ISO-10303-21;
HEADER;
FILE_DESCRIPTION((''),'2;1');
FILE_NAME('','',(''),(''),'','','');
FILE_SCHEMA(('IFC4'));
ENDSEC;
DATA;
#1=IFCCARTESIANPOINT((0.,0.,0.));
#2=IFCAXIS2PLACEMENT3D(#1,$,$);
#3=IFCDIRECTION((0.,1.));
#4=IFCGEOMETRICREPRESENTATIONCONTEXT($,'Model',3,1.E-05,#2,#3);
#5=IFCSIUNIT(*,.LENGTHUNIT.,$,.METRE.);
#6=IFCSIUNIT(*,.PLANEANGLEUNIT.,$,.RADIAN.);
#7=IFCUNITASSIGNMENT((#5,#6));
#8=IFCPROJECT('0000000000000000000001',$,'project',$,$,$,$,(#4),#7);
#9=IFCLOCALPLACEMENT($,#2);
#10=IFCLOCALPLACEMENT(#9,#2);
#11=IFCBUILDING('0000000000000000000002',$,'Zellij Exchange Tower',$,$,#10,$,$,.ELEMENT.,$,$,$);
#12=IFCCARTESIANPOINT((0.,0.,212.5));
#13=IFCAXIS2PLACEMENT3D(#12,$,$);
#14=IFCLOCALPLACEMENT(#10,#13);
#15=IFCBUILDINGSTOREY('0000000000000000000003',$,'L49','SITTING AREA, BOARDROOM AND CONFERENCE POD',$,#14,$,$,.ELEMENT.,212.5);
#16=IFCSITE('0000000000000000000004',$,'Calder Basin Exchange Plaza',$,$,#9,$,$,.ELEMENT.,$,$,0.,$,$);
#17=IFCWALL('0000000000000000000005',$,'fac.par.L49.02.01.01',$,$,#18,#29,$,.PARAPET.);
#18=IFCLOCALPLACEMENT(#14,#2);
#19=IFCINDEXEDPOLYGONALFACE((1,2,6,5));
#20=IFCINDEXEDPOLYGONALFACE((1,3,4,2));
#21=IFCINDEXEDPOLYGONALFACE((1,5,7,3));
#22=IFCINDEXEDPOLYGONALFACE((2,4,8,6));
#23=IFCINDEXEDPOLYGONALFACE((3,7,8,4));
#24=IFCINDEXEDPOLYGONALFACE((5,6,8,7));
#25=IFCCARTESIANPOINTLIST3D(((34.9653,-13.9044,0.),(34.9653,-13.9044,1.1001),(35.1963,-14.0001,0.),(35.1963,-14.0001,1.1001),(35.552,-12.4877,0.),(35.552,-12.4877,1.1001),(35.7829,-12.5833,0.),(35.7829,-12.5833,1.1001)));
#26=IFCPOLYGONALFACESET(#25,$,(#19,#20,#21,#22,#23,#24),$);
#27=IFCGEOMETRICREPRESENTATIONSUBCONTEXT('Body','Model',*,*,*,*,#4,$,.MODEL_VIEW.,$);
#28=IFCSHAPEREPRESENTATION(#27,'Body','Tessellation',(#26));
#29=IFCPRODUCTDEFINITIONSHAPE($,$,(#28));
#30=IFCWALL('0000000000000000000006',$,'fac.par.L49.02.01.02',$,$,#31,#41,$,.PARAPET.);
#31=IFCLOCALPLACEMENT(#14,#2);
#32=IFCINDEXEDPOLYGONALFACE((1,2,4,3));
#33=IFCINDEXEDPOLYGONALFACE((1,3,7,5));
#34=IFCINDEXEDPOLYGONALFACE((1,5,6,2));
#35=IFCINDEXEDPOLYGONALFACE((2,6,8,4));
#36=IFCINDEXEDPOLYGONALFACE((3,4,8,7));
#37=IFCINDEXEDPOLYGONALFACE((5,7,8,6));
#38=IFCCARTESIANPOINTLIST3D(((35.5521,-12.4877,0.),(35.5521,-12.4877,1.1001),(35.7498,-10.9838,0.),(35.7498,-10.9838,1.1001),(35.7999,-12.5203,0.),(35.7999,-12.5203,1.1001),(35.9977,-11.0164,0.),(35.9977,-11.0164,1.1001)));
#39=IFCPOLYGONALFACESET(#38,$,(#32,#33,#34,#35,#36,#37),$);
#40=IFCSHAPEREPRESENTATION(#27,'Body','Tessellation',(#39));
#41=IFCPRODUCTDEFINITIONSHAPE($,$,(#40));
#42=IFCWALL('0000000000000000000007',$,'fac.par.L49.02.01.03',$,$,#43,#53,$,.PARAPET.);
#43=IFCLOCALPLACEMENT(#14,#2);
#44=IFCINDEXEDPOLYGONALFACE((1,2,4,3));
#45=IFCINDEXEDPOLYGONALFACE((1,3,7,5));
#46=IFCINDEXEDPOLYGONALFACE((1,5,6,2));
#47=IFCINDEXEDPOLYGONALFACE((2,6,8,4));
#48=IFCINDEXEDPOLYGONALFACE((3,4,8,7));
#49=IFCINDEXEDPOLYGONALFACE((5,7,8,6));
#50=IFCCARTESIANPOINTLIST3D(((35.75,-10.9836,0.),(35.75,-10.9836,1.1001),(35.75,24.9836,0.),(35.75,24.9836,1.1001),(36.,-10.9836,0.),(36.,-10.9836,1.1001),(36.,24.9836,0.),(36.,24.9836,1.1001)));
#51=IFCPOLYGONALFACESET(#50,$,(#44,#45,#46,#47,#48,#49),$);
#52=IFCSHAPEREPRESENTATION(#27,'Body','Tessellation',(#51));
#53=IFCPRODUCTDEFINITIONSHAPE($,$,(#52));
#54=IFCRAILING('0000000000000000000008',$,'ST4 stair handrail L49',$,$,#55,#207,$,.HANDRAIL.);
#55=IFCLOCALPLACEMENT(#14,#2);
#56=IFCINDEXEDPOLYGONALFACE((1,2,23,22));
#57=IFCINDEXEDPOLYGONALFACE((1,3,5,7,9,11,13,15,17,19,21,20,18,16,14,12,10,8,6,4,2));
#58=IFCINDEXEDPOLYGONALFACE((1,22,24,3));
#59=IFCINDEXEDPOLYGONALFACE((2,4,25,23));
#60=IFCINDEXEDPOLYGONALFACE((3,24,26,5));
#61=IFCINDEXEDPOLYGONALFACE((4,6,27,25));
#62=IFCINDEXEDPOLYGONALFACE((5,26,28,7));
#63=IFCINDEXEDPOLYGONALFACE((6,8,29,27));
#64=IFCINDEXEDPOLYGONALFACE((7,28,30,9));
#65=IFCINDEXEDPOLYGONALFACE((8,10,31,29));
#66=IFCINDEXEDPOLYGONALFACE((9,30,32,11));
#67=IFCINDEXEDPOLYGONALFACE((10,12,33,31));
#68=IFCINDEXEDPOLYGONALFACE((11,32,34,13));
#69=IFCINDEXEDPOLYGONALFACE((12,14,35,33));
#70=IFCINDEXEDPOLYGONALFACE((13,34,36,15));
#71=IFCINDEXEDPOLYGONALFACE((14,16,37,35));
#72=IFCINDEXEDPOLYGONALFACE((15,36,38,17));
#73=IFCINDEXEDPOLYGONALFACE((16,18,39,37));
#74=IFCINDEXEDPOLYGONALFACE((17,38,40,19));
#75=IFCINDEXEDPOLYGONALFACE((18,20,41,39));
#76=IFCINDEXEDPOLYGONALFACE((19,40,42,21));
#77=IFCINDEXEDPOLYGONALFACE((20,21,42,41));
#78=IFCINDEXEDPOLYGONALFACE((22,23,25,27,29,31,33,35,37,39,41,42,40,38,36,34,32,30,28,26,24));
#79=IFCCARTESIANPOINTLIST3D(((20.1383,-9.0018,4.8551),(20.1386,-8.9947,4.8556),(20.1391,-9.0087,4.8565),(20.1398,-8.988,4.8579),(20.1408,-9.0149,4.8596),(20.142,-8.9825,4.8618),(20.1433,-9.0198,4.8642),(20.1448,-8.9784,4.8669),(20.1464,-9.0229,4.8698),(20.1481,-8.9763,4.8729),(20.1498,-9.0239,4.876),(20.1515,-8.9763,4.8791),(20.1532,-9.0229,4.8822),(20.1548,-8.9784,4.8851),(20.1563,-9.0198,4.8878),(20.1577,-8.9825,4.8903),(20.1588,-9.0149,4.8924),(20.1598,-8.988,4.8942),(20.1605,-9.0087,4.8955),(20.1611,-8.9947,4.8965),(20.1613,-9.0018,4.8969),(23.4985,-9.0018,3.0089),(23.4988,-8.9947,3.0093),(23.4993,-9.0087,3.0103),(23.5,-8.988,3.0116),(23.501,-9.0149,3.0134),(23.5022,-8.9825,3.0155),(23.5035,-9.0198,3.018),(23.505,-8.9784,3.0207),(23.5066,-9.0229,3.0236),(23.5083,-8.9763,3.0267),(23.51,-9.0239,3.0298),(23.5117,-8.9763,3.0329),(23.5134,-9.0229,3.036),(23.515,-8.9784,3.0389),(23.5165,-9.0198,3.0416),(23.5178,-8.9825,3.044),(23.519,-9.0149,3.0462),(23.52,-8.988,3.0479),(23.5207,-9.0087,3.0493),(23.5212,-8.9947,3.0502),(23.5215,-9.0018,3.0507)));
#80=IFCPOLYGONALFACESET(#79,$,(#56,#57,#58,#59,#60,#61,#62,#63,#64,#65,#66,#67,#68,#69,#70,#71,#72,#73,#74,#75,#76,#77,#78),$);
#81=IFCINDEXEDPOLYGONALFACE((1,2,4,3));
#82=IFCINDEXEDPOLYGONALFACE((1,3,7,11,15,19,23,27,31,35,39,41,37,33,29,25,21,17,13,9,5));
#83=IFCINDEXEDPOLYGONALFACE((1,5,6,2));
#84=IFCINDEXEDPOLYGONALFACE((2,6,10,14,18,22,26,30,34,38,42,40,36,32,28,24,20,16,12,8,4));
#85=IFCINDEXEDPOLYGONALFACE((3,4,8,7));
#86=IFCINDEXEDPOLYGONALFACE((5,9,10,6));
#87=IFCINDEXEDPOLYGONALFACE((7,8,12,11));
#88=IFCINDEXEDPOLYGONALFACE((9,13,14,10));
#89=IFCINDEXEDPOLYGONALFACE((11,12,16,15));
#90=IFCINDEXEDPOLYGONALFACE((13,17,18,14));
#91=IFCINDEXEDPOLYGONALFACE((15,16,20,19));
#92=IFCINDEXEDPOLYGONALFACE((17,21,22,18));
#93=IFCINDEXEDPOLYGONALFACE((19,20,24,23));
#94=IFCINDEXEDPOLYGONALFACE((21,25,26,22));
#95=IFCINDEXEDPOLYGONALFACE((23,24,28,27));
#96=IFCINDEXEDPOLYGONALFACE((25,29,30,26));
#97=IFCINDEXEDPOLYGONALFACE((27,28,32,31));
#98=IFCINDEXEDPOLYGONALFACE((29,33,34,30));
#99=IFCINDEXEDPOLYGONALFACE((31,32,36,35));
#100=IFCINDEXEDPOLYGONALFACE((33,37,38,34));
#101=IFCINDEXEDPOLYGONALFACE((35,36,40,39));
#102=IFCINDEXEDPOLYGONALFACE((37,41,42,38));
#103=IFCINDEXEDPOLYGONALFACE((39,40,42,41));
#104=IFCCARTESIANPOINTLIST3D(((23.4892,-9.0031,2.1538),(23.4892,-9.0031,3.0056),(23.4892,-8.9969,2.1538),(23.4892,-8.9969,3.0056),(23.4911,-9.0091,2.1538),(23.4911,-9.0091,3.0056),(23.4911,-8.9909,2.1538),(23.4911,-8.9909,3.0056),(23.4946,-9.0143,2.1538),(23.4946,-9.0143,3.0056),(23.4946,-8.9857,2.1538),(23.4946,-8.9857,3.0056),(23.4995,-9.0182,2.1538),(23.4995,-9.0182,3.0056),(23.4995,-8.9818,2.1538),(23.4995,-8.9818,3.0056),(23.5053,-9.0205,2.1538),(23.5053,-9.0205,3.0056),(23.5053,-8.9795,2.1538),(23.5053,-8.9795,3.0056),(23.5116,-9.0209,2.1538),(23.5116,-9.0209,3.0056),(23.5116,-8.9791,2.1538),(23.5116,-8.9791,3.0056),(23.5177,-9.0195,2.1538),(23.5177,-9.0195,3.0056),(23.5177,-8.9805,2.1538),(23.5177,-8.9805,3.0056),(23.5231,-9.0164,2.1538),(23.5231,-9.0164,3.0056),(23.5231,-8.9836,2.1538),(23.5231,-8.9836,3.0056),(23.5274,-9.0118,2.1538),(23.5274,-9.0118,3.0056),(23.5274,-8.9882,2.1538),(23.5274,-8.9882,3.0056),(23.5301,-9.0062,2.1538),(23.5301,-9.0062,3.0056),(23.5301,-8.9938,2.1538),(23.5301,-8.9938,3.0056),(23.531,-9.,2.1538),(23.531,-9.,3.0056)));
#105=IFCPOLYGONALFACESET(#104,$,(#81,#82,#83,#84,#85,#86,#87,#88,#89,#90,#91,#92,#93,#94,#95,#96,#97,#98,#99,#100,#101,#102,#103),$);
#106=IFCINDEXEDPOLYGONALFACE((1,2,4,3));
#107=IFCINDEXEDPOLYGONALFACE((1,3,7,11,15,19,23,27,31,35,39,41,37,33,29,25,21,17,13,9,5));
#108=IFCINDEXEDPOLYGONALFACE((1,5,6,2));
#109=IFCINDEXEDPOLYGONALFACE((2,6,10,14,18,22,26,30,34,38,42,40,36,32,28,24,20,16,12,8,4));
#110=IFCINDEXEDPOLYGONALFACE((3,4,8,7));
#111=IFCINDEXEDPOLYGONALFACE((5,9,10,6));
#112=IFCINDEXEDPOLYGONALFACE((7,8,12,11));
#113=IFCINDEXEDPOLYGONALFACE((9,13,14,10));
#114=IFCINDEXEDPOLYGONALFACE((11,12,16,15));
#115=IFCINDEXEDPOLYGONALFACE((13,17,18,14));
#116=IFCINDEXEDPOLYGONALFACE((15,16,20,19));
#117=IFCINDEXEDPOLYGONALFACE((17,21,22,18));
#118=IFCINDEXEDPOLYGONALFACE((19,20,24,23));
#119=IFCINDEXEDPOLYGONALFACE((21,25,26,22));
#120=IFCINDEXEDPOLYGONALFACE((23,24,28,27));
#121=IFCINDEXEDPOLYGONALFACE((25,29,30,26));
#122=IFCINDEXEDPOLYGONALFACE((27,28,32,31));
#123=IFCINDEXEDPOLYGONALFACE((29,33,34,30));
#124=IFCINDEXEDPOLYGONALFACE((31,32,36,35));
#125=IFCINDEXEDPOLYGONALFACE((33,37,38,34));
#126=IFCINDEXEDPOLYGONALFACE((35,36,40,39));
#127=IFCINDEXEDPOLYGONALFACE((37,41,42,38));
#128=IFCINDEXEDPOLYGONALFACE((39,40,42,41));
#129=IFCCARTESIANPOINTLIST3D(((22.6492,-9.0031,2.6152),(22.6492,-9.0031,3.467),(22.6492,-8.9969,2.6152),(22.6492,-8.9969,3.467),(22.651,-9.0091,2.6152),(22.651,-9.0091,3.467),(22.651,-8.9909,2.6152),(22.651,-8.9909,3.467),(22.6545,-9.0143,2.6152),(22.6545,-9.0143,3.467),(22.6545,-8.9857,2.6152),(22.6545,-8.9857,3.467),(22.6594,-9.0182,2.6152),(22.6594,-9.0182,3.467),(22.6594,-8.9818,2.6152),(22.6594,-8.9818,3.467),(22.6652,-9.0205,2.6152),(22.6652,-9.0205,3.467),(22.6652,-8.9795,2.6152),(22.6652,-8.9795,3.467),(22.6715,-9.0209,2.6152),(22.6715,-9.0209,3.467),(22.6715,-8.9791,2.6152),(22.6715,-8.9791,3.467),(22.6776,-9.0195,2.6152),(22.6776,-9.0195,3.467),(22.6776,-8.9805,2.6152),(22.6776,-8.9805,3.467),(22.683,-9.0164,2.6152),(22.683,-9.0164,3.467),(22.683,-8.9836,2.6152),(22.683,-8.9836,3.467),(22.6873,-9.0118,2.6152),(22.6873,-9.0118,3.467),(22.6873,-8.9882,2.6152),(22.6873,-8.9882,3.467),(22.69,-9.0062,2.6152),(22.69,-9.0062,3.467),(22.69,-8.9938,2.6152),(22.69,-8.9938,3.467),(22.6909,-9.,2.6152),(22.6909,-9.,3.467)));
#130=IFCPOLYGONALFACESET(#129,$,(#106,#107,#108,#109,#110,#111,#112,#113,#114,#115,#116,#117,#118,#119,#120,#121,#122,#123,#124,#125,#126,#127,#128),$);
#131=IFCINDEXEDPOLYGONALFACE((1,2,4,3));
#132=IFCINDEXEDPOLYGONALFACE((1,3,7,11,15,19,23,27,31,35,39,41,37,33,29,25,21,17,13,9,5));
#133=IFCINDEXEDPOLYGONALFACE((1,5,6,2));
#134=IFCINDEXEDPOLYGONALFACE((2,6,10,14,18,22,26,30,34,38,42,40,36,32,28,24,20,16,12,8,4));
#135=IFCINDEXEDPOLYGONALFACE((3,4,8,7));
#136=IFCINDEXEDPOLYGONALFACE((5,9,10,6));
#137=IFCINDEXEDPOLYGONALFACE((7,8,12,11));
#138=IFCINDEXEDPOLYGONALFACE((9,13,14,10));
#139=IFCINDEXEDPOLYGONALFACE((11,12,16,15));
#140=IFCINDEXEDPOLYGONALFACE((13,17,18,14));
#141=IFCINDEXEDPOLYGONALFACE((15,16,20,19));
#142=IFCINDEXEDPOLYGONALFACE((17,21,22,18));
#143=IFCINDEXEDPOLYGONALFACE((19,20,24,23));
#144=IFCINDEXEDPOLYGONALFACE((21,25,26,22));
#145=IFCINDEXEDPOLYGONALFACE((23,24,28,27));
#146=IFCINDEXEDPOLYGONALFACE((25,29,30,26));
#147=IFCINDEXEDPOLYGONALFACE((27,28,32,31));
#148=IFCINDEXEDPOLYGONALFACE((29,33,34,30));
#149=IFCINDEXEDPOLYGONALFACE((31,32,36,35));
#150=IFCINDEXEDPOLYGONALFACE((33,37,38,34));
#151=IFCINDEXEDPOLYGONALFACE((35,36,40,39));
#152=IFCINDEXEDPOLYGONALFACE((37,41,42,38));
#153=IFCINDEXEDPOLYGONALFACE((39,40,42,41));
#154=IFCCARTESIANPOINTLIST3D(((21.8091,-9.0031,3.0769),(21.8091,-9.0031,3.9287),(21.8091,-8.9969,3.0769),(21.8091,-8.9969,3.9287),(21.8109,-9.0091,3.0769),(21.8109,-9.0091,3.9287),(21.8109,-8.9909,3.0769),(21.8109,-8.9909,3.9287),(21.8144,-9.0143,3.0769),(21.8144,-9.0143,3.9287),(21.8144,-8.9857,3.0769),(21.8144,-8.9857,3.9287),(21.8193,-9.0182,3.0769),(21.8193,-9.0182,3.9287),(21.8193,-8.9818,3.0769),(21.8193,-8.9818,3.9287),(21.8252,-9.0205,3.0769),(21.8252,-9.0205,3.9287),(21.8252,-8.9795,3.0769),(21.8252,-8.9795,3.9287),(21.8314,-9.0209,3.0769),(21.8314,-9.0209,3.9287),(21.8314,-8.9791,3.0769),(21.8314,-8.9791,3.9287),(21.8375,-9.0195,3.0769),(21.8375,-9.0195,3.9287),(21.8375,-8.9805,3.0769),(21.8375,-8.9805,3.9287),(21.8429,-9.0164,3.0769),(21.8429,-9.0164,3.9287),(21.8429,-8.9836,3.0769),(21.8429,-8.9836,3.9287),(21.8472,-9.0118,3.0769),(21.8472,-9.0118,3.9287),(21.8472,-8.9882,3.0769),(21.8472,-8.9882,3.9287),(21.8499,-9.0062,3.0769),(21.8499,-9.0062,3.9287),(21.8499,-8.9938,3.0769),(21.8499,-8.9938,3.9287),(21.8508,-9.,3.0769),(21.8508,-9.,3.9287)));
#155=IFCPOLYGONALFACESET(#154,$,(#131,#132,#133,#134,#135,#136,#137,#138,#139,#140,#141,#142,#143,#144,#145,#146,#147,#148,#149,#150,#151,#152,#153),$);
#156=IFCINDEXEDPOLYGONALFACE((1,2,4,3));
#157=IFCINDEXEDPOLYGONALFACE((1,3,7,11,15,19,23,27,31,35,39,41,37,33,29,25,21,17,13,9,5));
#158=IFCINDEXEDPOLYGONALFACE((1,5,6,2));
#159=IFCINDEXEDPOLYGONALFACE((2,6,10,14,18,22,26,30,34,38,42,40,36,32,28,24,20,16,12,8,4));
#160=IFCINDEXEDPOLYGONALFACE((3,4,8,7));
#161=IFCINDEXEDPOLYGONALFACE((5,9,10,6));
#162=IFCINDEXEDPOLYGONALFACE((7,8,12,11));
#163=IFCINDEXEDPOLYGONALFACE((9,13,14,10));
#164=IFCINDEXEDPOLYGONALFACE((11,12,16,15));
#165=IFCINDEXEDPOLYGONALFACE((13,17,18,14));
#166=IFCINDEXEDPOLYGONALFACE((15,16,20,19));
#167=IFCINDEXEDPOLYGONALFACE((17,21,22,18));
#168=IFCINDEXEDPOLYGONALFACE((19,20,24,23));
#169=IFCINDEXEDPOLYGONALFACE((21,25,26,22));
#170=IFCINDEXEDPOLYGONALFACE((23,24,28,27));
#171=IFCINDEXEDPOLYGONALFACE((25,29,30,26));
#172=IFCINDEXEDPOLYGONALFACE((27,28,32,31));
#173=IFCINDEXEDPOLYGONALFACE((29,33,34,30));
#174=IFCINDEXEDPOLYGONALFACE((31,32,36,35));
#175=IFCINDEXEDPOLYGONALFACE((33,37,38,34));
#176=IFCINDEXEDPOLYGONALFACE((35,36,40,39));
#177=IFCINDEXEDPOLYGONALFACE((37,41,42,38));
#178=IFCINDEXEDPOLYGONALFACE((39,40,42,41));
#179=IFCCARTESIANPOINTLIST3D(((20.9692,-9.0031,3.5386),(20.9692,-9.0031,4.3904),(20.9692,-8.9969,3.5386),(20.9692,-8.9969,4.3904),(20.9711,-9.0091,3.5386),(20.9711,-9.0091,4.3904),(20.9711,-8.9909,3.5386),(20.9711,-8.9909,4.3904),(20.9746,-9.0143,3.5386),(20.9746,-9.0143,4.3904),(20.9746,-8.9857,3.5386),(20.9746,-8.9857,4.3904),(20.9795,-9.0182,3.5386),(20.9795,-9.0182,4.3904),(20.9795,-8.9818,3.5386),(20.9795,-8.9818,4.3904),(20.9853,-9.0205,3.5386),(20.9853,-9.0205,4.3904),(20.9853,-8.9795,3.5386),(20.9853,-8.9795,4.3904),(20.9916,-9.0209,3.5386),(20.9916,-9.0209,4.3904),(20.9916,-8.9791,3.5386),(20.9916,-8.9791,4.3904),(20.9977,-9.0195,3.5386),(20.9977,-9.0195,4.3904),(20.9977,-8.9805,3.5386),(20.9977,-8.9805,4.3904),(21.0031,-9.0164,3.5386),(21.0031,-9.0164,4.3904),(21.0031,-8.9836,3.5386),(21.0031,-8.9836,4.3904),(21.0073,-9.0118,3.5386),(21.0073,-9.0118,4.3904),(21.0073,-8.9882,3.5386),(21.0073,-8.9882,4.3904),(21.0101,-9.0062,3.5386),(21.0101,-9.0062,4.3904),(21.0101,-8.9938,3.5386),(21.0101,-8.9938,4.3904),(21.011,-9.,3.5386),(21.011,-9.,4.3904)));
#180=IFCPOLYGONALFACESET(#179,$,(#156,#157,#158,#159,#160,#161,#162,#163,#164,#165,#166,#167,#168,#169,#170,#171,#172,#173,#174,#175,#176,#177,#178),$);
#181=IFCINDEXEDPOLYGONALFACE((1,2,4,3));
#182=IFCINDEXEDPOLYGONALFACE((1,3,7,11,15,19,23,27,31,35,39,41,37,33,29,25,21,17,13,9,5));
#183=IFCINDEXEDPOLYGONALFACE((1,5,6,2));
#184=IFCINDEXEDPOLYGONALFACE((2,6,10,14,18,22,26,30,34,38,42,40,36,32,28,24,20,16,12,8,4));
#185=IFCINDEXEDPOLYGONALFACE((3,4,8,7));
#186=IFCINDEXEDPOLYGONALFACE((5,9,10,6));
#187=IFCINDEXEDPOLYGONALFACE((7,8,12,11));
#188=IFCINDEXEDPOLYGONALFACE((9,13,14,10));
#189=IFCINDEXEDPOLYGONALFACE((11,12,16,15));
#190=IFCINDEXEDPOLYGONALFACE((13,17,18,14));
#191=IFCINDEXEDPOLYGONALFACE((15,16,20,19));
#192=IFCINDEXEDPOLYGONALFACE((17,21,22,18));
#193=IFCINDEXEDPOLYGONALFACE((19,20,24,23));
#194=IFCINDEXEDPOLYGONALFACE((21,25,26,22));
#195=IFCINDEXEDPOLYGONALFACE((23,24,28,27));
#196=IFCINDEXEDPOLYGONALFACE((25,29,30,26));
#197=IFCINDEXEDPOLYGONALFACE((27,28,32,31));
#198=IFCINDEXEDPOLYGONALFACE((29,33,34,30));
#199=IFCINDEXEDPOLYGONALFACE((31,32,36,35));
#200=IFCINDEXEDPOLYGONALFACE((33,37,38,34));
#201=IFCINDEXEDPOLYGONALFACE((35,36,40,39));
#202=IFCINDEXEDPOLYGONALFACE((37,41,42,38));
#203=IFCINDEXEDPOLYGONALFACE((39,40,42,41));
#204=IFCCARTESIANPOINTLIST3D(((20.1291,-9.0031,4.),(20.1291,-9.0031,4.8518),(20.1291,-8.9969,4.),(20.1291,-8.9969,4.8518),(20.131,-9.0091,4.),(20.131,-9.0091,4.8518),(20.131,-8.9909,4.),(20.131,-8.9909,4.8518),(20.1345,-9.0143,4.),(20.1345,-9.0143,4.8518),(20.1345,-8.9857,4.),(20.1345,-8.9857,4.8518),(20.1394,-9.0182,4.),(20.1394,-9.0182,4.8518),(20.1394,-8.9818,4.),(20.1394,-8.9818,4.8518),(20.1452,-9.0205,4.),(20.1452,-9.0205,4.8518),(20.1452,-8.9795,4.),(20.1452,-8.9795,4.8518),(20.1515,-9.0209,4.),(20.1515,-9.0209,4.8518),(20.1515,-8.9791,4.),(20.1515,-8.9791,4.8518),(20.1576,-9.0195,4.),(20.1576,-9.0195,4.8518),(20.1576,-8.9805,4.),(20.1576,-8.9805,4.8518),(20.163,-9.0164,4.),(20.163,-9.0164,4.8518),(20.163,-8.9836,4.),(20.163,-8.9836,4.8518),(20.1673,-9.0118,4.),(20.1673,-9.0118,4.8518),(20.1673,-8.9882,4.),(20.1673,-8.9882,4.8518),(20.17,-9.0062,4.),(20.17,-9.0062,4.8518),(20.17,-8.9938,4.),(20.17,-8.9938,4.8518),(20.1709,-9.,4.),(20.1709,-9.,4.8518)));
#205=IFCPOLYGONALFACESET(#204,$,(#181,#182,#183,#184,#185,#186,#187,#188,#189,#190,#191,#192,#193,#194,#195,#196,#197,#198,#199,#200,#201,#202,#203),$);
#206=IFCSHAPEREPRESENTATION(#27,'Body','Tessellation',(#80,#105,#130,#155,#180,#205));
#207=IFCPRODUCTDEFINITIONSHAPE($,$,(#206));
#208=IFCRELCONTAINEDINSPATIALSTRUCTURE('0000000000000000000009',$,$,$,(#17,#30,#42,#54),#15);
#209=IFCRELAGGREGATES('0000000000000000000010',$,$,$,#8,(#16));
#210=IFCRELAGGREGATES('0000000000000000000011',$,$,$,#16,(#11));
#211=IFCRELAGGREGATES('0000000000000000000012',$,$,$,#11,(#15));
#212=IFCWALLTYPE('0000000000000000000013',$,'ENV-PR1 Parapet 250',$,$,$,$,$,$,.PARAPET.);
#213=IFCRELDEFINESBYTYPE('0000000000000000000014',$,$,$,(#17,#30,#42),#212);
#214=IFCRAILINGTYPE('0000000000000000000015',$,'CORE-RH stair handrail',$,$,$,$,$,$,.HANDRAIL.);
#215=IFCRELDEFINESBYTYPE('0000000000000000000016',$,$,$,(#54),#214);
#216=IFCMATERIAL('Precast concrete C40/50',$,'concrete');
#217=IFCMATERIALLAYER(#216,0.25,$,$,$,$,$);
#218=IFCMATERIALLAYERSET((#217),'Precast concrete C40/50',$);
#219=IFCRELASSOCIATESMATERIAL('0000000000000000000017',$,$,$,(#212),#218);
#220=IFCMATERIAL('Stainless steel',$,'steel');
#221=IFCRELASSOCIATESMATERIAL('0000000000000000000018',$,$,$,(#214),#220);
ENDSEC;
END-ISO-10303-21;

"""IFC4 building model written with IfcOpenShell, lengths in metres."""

from ifc_helpers import new_model, si_unit, direction, frame, frame_2d, origin, origin_2d, place, context, subcontext, project, spatial, rectangle, circle, extrude, material, layer, layer_set, type_object, element, save


model = new_model("IFC4")

# Units and contexts
model_context = context("Model", 3, precision=1e-05, world=origin(), true_north=direction((0.0, 1.0)))
body_context = subcontext(model_context, "Body", "Model", "MODEL_VIEW")
ifc_project = project(units=[si_unit("LENGTHUNIT", "METRE"), si_unit("PLANEANGLEUNIT", "RADIAN")], contexts=[model_context])

# Site, building, storey
site_placement = place(None, origin())
site = spatial("IfcSite", under=ifc_project, at=site_placement, Name="Calder Basin Exchange Plaza", CompositionType="ELEMENT", RefElevation=0.0)
building_placement = place(site_placement, origin())
building = spatial("IfcBuilding", under=site, at=building_placement, Name="Zellij Exchange Tower", CompositionType="ELEMENT")
storey_placement = place(building_placement, frame((0.0, 0.0, 212.5)))
storey = spatial("IfcBuildingStorey", under=building, at=storey_placement, Name="L49", Description="SITTING AREA, BOARDROOM AND CONFERENCE POD", CompositionType="ELEMENT", Elevation=212.5)

# Walls
ifc_material_1 = material(Name="Precast concrete C40/50", Category="concrete")
ifc_layer_1 = layer(ifc_material_1, 0.25)
ifc_layer_set_1 = layer_set([ifc_layer_1], Name="Precast concrete C40/50")
wall_type_1 = type_object("IfcWallType", Name="ENV-PR1 Parapet 250", PredefinedType="PARAPET", material=ifc_layer_set_1)
wall_1_placement = place(storey_placement, frame((35.0808, -13.9521, 0.0), z_axis=(0.0, 0.0, 1.0), x_axis=(0.382591, 0.923918, 0.0)))
element("IfcWall", 1, at=wall_1_placement, inside=storey, type_object=wall_type_1, Name="fac.par.L49.02.01.01", PredefinedType="PARAPET", context=body_context, shape_type="SweptSolid", body=[
    extrude(rectangle(XDim=1.5334, YDim=0.25, at=frame_2d((0.7666, 0.0))), origin(), (0.0, 0.0, 1.0), 1.1001),
])
wall_2_placement = place(storey_placement, frame((35.676, -12.5039, 0.0), z_axis=(0.0, 0.0, 1.0), x_axis=(0.130371, 0.991465, 0.0)))
element("IfcWall", 2, at=wall_2_placement, inside=storey, type_object=wall_type_1, Name="fac.par.L49.02.01.02", PredefinedType="PARAPET", context=body_context, shape_type="SweptSolid", body=[
    extrude(rectangle(XDim=1.5168, YDim=0.25, at=frame_2d((0.7583, 0.0))), origin(), (0.0, 0.0, 1.0), 1.1001),
])
wall_3_placement = place(storey_placement, frame((35.875, -10.9836, 0.0), z_axis=(0.0, 0.0, 1.0), x_axis=(0.0, 1.0, 0.0)))
element("IfcWall", 3, at=wall_3_placement, inside=storey, type_object=wall_type_1, Name="fac.par.L49.02.01.03", PredefinedType="PARAPET", context=body_context, shape_type="SweptSolid", body=[
    extrude(rectangle(XDim=35.9673, YDim=0.25, at=frame_2d((17.9836, 0.0))), origin(), (0.0, 0.0, 1.0), 1.1001),
])

# Railing
ifc_material_2 = material(Name="Stainless steel", Category="steel")
railing_type = type_object("IfcRailingType", Name="CORE-RH stair handrail", PredefinedType="HANDRAIL", material=ifc_material_2)
railing_placement = place(storey_placement, frame((23.51, -9.0, 2.1538)))
element("IfcRailing", 4, at=railing_placement, inside=storey, type_object=railing_type, Name="ST4 stair handrail L49", PredefinedType="HANDRAIL", context=body_context, shape_type="SweptSolid", body=[
    extrude(circle(Radius=0.0239, at=origin_2d()), frame((0.0, 0.0, 0.876), z_axis=(-0.876422, 0.0, 0.481545), x_axis=(0.0, -1.0, 0.0)), (0.0, 0.0, 1.0), 3.834),
    extrude(circle(Radius=0.021, at=origin_2d()), origin(), (0.0, 0.0, 1.0), 0.8518),
    extrude(circle(Radius=0.021, at=origin_2d()), frame((-0.8401, 0.0, 0.4614)), (0.0, 0.0, 1.0), 0.8518),
    extrude(circle(Radius=0.021, at=origin_2d()), frame((-1.6802, 0.0, 0.9231)), (0.0, 0.0, 1.0), 0.8518),
    extrude(circle(Radius=0.021, at=origin_2d()), frame((-2.52, 0.0, 1.3848)), (0.0, 0.0, 1.0), 0.8518),
    extrude(circle(Radius=0.021, at=origin_2d()), frame((-3.3601, 0.0, 1.8462)), (0.0, 0.0, 1.0), 0.8518),
])

save(model, "model.ifc")
